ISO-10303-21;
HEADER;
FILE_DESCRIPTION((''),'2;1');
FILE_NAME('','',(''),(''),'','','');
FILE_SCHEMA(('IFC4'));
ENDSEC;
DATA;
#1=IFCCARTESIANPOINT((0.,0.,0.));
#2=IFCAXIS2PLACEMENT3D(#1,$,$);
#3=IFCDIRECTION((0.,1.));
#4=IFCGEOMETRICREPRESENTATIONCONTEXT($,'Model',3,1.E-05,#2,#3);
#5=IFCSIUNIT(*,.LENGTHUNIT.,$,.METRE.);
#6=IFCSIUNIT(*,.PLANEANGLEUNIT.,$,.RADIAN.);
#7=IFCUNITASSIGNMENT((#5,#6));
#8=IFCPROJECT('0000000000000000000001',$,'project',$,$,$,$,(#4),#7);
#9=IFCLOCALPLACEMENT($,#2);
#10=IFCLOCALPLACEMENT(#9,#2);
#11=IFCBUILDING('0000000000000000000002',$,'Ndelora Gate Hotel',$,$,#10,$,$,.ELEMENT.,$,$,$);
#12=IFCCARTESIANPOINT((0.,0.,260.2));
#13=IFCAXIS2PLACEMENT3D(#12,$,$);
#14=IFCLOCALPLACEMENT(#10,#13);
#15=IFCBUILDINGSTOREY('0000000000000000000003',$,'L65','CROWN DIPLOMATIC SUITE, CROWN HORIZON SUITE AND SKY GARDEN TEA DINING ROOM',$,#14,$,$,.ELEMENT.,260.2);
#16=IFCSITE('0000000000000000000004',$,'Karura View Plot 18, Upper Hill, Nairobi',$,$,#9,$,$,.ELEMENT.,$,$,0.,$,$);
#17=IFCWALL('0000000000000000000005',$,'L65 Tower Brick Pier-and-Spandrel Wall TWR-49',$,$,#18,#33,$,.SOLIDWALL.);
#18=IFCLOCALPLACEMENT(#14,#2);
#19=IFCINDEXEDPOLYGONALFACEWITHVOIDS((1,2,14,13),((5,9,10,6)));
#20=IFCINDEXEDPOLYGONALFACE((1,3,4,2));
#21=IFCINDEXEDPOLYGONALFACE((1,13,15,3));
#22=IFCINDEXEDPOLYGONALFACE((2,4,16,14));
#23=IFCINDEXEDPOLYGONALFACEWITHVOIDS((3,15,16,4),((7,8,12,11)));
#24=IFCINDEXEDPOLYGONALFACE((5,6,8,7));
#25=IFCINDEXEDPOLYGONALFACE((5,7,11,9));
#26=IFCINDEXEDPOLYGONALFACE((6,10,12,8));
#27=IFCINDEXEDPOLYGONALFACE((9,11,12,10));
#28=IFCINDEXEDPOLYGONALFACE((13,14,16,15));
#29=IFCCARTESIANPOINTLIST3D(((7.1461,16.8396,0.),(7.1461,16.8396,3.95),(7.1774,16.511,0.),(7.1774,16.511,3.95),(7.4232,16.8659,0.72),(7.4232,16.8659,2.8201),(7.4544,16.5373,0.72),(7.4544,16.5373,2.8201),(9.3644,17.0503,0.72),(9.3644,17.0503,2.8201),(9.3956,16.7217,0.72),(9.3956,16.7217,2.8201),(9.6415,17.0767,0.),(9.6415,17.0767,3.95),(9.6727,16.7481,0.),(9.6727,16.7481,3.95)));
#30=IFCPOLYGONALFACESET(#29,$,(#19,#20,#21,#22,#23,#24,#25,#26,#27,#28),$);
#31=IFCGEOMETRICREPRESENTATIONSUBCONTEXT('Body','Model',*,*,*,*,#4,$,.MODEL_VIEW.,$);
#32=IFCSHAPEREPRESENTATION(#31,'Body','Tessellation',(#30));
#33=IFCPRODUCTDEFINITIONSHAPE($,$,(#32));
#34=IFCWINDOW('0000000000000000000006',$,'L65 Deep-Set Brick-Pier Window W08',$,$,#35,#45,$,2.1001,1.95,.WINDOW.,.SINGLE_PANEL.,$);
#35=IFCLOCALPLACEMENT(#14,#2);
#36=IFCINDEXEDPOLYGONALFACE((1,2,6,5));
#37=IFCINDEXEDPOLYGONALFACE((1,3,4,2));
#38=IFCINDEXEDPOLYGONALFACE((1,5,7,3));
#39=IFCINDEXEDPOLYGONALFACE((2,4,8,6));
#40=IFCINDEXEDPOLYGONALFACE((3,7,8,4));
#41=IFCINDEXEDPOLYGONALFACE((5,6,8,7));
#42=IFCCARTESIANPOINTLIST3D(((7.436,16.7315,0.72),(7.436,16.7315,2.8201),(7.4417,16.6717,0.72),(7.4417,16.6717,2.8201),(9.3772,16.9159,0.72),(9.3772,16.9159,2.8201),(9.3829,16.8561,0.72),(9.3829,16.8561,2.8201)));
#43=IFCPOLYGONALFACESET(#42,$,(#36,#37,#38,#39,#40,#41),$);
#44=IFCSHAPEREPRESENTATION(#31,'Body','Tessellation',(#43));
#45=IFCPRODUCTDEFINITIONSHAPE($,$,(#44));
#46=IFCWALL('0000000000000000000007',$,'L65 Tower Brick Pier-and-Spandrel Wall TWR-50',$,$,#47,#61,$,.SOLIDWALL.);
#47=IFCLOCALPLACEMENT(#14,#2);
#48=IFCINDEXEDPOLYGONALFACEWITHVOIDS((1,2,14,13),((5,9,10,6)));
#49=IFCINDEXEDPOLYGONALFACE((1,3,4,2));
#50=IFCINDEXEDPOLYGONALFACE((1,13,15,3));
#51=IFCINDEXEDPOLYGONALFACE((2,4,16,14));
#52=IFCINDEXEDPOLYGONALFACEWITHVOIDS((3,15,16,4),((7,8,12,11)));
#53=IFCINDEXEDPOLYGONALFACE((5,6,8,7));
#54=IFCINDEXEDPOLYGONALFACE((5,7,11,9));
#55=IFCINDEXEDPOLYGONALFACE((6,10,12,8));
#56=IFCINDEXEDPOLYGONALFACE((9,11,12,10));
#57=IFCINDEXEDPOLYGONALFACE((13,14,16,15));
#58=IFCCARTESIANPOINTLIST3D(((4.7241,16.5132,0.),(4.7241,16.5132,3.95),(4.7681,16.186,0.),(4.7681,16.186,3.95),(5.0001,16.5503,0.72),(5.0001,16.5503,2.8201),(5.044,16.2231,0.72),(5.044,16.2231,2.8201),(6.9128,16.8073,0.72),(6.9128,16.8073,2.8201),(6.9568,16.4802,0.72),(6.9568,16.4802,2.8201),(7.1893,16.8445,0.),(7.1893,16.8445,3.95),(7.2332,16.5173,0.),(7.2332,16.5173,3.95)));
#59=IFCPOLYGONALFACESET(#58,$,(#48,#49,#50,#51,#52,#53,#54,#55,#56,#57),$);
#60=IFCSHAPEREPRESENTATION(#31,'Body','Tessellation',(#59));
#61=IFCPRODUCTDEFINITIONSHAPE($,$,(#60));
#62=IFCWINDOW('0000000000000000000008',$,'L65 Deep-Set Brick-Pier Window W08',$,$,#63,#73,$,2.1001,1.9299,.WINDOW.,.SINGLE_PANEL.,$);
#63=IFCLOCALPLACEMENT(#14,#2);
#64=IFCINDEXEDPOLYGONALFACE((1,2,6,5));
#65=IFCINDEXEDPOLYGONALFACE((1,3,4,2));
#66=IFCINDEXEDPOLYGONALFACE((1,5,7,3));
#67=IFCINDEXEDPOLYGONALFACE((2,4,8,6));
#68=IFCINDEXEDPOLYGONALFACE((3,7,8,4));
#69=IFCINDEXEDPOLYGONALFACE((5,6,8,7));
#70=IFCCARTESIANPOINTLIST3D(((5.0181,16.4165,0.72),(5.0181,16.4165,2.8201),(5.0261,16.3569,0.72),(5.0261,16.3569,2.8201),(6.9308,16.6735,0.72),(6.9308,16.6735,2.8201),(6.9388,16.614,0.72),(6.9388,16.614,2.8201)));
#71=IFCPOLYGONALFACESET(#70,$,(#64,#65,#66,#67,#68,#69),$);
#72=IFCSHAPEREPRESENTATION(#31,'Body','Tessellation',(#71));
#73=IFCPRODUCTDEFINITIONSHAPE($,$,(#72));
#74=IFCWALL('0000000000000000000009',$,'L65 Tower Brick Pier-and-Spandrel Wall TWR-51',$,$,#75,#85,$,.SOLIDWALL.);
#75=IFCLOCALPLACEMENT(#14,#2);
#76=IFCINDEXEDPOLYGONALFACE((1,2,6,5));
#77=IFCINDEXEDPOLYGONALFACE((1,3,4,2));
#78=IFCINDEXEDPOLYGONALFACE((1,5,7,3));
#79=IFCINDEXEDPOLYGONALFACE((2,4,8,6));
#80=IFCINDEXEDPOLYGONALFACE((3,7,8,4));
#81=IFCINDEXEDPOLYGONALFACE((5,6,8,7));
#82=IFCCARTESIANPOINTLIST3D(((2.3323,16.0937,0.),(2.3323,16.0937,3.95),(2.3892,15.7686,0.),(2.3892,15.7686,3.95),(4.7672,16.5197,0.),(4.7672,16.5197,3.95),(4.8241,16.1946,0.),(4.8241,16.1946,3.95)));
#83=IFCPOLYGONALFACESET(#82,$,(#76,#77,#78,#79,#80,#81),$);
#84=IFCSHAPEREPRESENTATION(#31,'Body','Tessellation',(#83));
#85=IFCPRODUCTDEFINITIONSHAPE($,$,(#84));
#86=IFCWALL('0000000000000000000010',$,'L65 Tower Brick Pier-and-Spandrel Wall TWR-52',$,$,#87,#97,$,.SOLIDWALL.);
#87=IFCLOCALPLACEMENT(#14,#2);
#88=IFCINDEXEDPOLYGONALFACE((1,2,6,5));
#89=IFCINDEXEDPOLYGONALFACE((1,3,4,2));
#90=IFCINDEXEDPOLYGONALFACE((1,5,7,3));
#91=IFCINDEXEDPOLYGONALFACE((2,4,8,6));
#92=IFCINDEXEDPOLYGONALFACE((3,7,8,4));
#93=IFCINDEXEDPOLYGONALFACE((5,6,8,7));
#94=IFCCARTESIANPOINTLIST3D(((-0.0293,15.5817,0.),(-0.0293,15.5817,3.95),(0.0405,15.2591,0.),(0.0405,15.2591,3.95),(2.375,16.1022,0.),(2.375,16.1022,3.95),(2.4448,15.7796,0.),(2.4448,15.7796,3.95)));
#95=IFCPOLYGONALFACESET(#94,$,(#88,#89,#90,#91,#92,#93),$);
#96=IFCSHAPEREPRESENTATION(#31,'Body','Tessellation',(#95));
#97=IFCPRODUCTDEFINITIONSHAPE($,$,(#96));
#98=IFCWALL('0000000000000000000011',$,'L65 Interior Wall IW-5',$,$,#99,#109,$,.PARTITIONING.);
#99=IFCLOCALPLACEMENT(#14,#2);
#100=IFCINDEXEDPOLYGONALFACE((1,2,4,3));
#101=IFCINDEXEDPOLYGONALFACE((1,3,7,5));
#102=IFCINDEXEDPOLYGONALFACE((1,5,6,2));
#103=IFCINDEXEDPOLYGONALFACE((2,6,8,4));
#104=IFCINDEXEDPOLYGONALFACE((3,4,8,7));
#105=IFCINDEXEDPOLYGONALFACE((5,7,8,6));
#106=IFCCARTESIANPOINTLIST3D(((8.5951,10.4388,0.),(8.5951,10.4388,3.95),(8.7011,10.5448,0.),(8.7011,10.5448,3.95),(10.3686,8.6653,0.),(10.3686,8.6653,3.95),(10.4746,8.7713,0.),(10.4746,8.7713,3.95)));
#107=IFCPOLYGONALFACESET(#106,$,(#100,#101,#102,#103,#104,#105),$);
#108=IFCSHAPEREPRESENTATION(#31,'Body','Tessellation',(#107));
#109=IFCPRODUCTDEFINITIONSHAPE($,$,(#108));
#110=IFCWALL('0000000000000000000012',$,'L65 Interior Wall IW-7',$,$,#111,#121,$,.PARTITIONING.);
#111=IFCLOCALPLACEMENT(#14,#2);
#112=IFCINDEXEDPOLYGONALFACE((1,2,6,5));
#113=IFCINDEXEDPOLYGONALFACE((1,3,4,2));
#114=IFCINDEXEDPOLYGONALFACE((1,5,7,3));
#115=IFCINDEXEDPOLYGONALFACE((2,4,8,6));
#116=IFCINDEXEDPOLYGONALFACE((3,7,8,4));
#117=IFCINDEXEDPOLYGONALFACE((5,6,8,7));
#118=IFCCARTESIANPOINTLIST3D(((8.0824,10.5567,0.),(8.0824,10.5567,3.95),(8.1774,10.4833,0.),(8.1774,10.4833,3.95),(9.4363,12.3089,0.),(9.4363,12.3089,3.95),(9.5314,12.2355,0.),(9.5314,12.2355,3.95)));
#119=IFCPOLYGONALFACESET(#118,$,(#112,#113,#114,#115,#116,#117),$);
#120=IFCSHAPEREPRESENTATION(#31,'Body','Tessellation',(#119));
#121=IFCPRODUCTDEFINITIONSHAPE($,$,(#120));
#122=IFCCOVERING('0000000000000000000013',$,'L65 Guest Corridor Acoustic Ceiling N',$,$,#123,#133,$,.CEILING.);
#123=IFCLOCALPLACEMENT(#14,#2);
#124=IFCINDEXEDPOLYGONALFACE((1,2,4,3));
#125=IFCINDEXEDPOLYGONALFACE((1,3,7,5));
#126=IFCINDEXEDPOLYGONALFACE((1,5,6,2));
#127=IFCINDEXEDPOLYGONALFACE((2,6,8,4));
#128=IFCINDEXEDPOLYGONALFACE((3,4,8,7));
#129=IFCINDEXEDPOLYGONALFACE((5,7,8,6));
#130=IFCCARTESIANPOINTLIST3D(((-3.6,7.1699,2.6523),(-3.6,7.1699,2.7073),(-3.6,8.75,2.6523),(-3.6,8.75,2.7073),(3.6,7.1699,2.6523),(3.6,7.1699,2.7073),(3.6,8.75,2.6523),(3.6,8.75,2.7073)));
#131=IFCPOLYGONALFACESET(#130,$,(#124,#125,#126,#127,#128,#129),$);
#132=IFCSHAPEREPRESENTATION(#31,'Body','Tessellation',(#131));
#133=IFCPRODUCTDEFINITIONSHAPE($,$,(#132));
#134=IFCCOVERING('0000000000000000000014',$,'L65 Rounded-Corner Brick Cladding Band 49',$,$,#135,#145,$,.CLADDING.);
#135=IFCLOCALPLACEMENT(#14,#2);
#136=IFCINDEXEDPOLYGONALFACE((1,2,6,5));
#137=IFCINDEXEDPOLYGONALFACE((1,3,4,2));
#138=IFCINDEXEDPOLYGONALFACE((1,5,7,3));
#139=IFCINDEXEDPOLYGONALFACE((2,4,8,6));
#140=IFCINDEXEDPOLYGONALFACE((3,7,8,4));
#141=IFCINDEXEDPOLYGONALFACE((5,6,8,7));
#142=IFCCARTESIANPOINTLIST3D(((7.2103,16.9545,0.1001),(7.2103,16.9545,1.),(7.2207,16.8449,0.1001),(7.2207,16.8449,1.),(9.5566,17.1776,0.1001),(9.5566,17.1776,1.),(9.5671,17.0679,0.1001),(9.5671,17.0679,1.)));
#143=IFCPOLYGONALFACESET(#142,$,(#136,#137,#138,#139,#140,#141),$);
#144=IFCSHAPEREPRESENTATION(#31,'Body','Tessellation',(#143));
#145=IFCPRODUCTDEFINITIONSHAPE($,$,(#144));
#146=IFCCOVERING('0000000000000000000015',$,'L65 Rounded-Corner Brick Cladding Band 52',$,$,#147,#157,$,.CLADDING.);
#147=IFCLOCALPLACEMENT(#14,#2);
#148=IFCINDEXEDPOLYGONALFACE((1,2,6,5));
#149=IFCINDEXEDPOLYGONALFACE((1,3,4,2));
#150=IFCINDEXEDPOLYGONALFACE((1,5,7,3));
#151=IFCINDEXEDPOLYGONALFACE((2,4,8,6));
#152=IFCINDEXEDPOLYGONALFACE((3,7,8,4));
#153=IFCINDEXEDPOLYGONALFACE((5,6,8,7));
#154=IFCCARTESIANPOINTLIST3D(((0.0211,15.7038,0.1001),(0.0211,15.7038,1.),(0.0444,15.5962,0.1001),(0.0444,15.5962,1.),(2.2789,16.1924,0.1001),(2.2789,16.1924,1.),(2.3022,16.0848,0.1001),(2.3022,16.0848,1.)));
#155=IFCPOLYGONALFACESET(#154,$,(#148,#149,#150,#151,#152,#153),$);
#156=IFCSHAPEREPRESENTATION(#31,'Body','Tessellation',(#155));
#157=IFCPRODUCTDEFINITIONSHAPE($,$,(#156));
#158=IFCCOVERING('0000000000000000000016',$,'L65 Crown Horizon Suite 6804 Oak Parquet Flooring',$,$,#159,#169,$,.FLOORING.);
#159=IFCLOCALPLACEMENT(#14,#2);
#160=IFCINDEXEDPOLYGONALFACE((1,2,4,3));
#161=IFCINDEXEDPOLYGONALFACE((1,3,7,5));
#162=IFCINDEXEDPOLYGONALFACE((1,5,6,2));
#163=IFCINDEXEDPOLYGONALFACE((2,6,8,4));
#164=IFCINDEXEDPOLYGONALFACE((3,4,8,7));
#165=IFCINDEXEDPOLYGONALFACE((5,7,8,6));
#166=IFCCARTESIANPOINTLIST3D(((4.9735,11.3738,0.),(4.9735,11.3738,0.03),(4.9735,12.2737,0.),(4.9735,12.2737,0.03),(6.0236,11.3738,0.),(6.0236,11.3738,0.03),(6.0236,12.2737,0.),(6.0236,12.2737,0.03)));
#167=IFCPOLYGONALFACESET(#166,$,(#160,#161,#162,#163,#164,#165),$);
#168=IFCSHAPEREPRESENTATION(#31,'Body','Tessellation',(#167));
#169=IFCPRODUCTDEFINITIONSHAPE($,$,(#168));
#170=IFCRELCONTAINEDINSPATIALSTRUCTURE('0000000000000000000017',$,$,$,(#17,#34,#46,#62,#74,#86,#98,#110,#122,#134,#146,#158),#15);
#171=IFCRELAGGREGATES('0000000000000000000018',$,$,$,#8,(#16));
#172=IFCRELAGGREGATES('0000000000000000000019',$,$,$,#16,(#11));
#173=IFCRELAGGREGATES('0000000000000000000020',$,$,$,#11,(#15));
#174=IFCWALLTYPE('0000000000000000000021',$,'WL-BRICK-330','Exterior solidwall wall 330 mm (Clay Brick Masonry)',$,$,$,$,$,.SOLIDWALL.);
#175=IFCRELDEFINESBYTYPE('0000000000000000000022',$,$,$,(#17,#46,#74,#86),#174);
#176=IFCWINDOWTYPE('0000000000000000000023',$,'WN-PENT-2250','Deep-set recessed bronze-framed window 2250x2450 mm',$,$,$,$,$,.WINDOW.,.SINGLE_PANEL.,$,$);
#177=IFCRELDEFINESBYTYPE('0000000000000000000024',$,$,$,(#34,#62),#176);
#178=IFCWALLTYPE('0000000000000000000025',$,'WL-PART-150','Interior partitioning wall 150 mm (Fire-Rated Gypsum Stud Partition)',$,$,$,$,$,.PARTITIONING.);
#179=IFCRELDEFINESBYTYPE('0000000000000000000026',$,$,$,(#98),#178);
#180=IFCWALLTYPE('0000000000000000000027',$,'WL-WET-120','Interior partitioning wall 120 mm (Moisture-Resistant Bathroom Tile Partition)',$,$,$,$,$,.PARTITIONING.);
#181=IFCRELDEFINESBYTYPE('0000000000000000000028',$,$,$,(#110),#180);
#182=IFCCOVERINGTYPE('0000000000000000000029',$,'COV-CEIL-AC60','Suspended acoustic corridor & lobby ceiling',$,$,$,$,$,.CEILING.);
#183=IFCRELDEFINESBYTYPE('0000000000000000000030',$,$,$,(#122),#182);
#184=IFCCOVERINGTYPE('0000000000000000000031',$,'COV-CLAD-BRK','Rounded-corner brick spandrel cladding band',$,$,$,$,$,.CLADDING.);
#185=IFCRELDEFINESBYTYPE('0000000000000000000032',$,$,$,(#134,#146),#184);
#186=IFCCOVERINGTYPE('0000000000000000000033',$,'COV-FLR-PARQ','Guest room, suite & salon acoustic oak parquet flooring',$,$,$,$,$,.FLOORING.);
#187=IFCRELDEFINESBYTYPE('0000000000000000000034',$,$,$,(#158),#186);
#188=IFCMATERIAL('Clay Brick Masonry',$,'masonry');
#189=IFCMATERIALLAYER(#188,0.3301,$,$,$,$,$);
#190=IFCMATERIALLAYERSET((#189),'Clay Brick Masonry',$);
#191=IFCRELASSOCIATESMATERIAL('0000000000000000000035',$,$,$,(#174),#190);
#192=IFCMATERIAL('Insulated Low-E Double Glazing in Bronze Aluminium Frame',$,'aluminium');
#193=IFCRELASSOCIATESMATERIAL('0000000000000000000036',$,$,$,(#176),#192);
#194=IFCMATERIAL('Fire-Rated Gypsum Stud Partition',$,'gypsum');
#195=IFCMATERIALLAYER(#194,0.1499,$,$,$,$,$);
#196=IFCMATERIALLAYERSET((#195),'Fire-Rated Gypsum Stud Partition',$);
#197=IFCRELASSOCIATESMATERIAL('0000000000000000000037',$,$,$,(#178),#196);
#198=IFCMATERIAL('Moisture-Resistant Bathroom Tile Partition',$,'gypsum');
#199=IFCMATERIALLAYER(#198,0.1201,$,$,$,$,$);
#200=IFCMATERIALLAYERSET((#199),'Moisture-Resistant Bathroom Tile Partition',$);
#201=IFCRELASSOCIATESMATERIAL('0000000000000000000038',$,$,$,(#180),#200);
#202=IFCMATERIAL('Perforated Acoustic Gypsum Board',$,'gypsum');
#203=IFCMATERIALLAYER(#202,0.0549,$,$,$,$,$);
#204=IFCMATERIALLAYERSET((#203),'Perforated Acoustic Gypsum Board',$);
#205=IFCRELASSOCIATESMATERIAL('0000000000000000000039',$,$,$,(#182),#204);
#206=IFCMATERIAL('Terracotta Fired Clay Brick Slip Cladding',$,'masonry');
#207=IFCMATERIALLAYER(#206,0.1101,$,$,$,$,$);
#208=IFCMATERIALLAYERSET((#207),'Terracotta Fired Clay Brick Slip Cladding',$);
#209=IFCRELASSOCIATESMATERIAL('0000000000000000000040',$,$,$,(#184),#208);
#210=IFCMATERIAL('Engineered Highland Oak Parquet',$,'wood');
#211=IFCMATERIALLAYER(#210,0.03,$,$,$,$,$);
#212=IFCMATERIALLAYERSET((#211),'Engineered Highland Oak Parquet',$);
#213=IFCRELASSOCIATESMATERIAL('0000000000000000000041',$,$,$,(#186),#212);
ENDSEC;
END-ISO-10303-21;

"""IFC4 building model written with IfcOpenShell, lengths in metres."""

from ifc_helpers import new_model, si_unit, direction, frame, frame_2d, origin, origin_2d, place, context, subcontext, project, spatial, rectangle, extrude, material, layer, layer_set, type_object, element, fill, save


model = new_model("IFC4")

# Units and contexts
model_context = context("Model", 3, precision=1e-05, world=origin(), true_north=direction((0.0, 1.0)))
body_context = subcontext(model_context, "Body", "Model", "MODEL_VIEW")
ifc_project = project(units=[si_unit("LENGTHUNIT", "METRE"), si_unit("PLANEANGLEUNIT", "RADIAN")], contexts=[model_context])

# Site, building, storey
site_placement = place(None, origin())
site = spatial("IfcSite", under=ifc_project, at=site_placement, Name="Karura View Plot 18, Upper Hill, Nairobi", CompositionType="ELEMENT", RefElevation=0.0)
building_placement = place(site_placement, origin())
building = spatial("IfcBuilding", under=site, at=building_placement, Name="Ndelora Gate Hotel", CompositionType="ELEMENT")
storey_placement = place(building_placement, frame((0.0, 0.0, 260.2)))
storey = spatial("IfcBuildingStorey", under=building, at=storey_placement, Name="L65", Description="CROWN DIPLOMATIC SUITE, CROWN HORIZON SUITE AND SKY GARDEN TEA DINING ROOM", CompositionType="ELEMENT", Elevation=260.2)

# Walls, openings, windows
ifc_material_1 = material(Name="Clay Brick Masonry", Category="masonry")
ifc_layer_1 = layer(ifc_material_1, 0.3301)
ifc_layer_set_1 = layer_set([ifc_layer_1], Name="Clay Brick Masonry")
wall_type_1 = type_object("IfcWallType", Name="WL-BRICK-330", Description="Exterior solidwall wall 330 mm (Clay Brick Masonry)", PredefinedType="SOLIDWALL", material=ifc_layer_set_1)
wall_1_placement = place(storey_placement, frame((7.1616, 16.6753, 0.0), z_axis=(0.0, 0.0, 1.0), x_axis=(0.995518, 0.094575, 0.0)))
wall_1 = element("IfcWall", 1, at=wall_1_placement, inside=storey, type_object=wall_type_1, Name="L65 Tower Brick Pier-and-Spandrel Wall TWR-49", PredefinedType="SOLIDWALL", context=body_context, shape_type="SweptSolid", body=[
    extrude(rectangle(XDim=2.5066, YDim=0.3301, at=frame_2d((1.2534, 0.0))), origin(), (0.0, 0.0, 1.0), 3.95),
])
opening_1_placement = place(wall_1_placement, frame((0.2783, 0.0, 0.72)))
opening_1 = element("IfcOpeningElement", 2, at=opening_1_placement, cuts=wall_1, PredefinedType="OPENING", context=body_context, shape_type="SweptSolid", body=[
    extrude(rectangle(XDim=1.95, YDim=2.1001, at=frame_2d((0.9751, 1.05))), frame((0.0, 0.175, 0.0), z_axis=(0.0, -1.0, 0.0), x_axis=(1.0, 0.0, 0.0)), (0.0, 0.0, 1.0), 0.3501),
])
ifc_material_2 = material(Name="Insulated Low-E Double Glazing in Bronze Aluminium Frame", Category="aluminium")
window_type = type_object("IfcWindowType", Name="WN-PENT-2250", Description="Deep-set recessed bronze-framed window 2250x2450 mm", PartitioningType="SINGLE_PANEL", PredefinedType="WINDOW", material=ifc_material_2)
window_1_placement = place(opening_1_placement, origin())
window_1 = element("IfcWindow", 3, at=window_1_placement, inside=storey, type_object=window_type, Name="L65 Deep-Set Brick-Pier Window W08", OverallHeight=2.1001, OverallWidth=1.95, PartitioningType="SINGLE_PANEL", PredefinedType="WINDOW", context=body_context, shape_type="SweptSolid", body=[
    extrude(rectangle(XDim=1.95, YDim=2.1001, at=frame_2d((0.9751, 1.05))), frame((0.0, 0.03, 0.0), z_axis=(0.0, -1.0, 0.0), x_axis=(1.0, 0.0, 0.0)), (0.0, 0.0, 1.0), 0.0601),
])
fill(opening_1, window_1)
wall_2_placement = place(storey_placement, frame((4.7461, 16.3496, 0.0), z_axis=(0.0, 0.0, 1.0), x_axis=(0.991089, 0.133199, 0.0)))
wall_2 = element("IfcWall", 4, at=wall_2_placement, inside=storey, type_object=wall_type_1, Name="L65 Tower Brick Pier-and-Spandrel Wall TWR-50", PredefinedType="SOLIDWALL", context=body_context, shape_type="SweptSolid", body=[
    extrude(rectangle(XDim=2.4873, YDim=0.3301, at=frame_2d((1.2437, 0.0))), origin(), (0.0, 0.0, 1.0), 3.95),
])
opening_2_placement = place(wall_2_placement, frame((0.2786, 0.0, 0.72)))
opening_2 = element("IfcOpeningElement", 5, at=opening_2_placement, cuts=wall_2, PredefinedType="OPENING", context=body_context, shape_type="SweptSolid", body=[
    extrude(rectangle(XDim=1.9299, YDim=2.1001, at=frame_2d((0.9648, 1.05))), frame((0.0, 0.175, 0.0), z_axis=(0.0, -1.0, 0.0), x_axis=(1.0, 0.0, 0.0)), (0.0, 0.0, 1.0), 0.3501),
])
window_2_placement = place(opening_2_placement, origin())
window_2 = element("IfcWindow", 6, at=window_2_placement, inside=storey, type_object=window_type, Name="L65 Deep-Set Brick-Pier Window W08", OverallHeight=2.1001, OverallWidth=1.9299, PartitioningType="SINGLE_PANEL", PredefinedType="WINDOW", context=body_context, shape_type="SweptSolid", body=[
    extrude(rectangle(XDim=1.9299, YDim=2.1001, at=frame_2d((0.9648, 1.05))), frame((0.0, 0.03, 0.0), z_axis=(0.0, -1.0, 0.0), x_axis=(1.0, 0.0, 0.0)), (0.0, 0.0, 1.0), 0.0601),
])
fill(opening_2, window_2)

# Walls
wall_3_placement = place(storey_placement, frame((2.3608, 15.9312, 0.0), z_axis=(0.0, 0.0, 1.0), x_axis=(0.985035, 0.172354, 0.0)))
element("IfcWall", 7, at=wall_3_placement, inside=storey, type_object=wall_type_1, Name="L65 Tower Brick Pier-and-Spandrel Wall TWR-51", PredefinedType="SOLIDWALL", context=body_context, shape_type="SweptSolid", body=[
    extrude(rectangle(XDim=2.4719, YDim=0.3301, at=frame_2d((1.2358, 0.0))), origin(), (0.0, 0.0, 1.0), 3.95),
])
wall_4_placement = place(storey_placement, frame((0.0056, 15.4204, 0.0), z_axis=(0.0, 0.0, 1.0), x_axis=(0.977359, 0.211589, 0.0)))
element("IfcWall", 8, at=wall_4_placement, inside=storey, type_object=wall_type_1, Name="L65 Tower Brick Pier-and-Spandrel Wall TWR-52", PredefinedType="SOLIDWALL", context=body_context, shape_type="SweptSolid", body=[
    extrude(rectangle(XDim=2.46, YDim=0.3301, at=frame_2d((1.23, 0.0))), origin(), (0.0, 0.0, 1.0), 3.95),
])
ifc_material_3 = material(Name="Fire-Rated Gypsum Stud Partition", Category="gypsum")
ifc_layer_2 = layer(ifc_material_3, 0.1499)
ifc_layer_set_2 = layer_set([ifc_layer_2], Name="Fire-Rated Gypsum Stud Partition")
wall_type_2 = type_object("IfcWallType", Name="WL-PART-150", Description="Interior partitioning wall 150 mm (Fire-Rated Gypsum Stud Partition)", PredefinedType="PARTITIONING", material=ifc_layer_set_2)
wall_5_placement = place(storey_placement, frame((8.6482, 10.4917, 0.0), z_axis=(0.0, 0.0, 1.0), x_axis=(0.707107, -0.707107, 0.0)))
element("IfcWall", 9, at=wall_5_placement, inside=storey, type_object=wall_type_2, Name="L65 Interior Wall IW-5", PredefinedType="PARTITIONING", context=body_context, shape_type="SweptSolid", body=[
    extrude(rectangle(XDim=2.5081, YDim=0.1499, at=frame_2d((1.2539, 0.0))), origin(), (0.0, 0.0, 1.0), 3.95),
])
ifc_material_4 = material(Name="Moisture-Resistant Bathroom Tile Partition", Category="gypsum")
ifc_layer_3 = layer(ifc_material_4, 0.1201)
ifc_layer_set_3 = layer_set([ifc_layer_3], Name="Moisture-Resistant Bathroom Tile Partition")
wall_type_3 = type_object("IfcWallType", Name="WL-WET-120", Description="Interior partitioning wall 120 mm (Moisture-Resistant Bathroom Tile Partition)", PredefinedType="PARTITIONING", material=ifc_layer_set_3)
wall_6_placement = place(storey_placement, frame((8.1299, 10.52, 0.0), z_axis=(0.0, 0.0, 1.0), x_axis=(0.611457, 0.791278, 0.0)))
element("IfcWall", 10, at=wall_6_placement, inside=storey, type_object=wall_type_3, Name="L65 Interior Wall IW-7", PredefinedType="PARTITIONING", context=body_context, shape_type="SweptSolid", body=[
    extrude(rectangle(XDim=2.2144, YDim=0.1201, at=frame_2d((1.1072, 0.0))), origin(), (0.0, 0.0, 1.0), 3.95),
])

# Coverings
ifc_material_5 = material(Name="Perforated Acoustic Gypsum Board", Category="gypsum")
ifc_layer_4 = layer(ifc_material_5, 0.0549)
ifc_layer_set_4 = layer_set([ifc_layer_4], Name="Perforated Acoustic Gypsum Board")
covering_type_1 = type_object("IfcCoveringType", Name="COV-CEIL-AC60", Description="Suspended acoustic corridor & lobby ceiling", PredefinedType="CEILING", material=ifc_layer_set_4)
covering_1_placement = place(storey_placement, frame((0.0, 7.96, 2.6523), z_axis=(0.0, 0.0, 1.0), x_axis=(1.0, 0.0, 0.0)))
element("IfcCovering", 11, at=covering_1_placement, inside=storey, type_object=covering_type_1, Name="L65 Guest Corridor Acoustic Ceiling N", PredefinedType="CEILING", context=body_context, shape_type="SweptSolid", body=[
    extrude(rectangle(XDim=7.2, YDim=1.5801, at=origin_2d()), origin(), (0.0, 0.0, 1.0), 0.0549),
])
ifc_material_6 = material(Name="Terracotta Fired Clay Brick Slip Cladding", Category="masonry")
ifc_layer_5 = layer(ifc_material_6, 0.1101)
ifc_layer_set_5 = layer_set([ifc_layer_5], Name="Terracotta Fired Clay Brick Slip Cladding")
covering_type_2 = type_object("IfcCoveringType", Name="COV-CLAD-BRK", Description="Rounded-corner brick spandrel cladding band", PredefinedType="CLADDING", material=ifc_layer_set_5)
covering_2_placement = place(storey_placement, frame((8.3887, 17.0112, 0.1001), z_axis=(0.0, 0.0, 1.0), x_axis=(0.995513, 0.09463, 0.0)))
element("IfcCovering", 12, at=covering_2_placement, inside=storey, type_object=covering_type_2, Name="L65 Rounded-Corner Brick Cladding Band 49", PredefinedType="CLADDING", context=body_context, shape_type="SweptSolid", body=[
    extrude(rectangle(XDim=2.3569, YDim=0.1101, at=origin_2d()), origin(), (0.0, 0.0, 1.0), 0.8999),
])
covering_3_placement = place(storey_placement, frame((1.1616, 15.8943, 0.1001), z_axis=(0.0, 0.0, 1.0), x_axis=(0.977379, 0.211495, 0.0)))
element("IfcCovering", 13, at=covering_3_placement, inside=storey, type_object=covering_type_2, Name="L65 Rounded-Corner Brick Cladding Band 52", PredefinedType="CLADDING", context=body_context, shape_type="SweptSolid", body=[
    extrude(rectangle(XDim=2.3101, YDim=0.1101, at=origin_2d()), origin(), (0.0, 0.0, 1.0), 0.8999),
])
ifc_material_7 = material(Name="Engineered Highland Oak Parquet", Category="wood")
ifc_layer_6 = layer(ifc_material_7, 0.03)
ifc_layer_set_6 = layer_set([ifc_layer_6], Name="Engineered Highland Oak Parquet")
covering_type_3 = type_object("IfcCoveringType", Name="COV-FLR-PARQ", Description="Guest room, suite & salon acoustic oak parquet flooring", PredefinedType="FLOORING", material=ifc_layer_set_6)
covering_4_placement = place(storey_placement, frame((5.4985, 11.8237, 0.0), z_axis=(0.0, 0.0, 1.0), x_axis=(1.0, 0.0, 0.0)))
element("IfcCovering", 14, at=covering_4_placement, inside=storey, type_object=covering_type_3, Name="L65 Crown Horizon Suite 6804 Oak Parquet Flooring", PredefinedType="FLOORING", context=body_context, shape_type="SweptSolid", body=[
    extrude(rectangle(XDim=1.05, YDim=0.8999, at=origin_2d()), origin(), (0.0, 0.0, 1.0), 0.03),
])

save(model, "model.ifc")
